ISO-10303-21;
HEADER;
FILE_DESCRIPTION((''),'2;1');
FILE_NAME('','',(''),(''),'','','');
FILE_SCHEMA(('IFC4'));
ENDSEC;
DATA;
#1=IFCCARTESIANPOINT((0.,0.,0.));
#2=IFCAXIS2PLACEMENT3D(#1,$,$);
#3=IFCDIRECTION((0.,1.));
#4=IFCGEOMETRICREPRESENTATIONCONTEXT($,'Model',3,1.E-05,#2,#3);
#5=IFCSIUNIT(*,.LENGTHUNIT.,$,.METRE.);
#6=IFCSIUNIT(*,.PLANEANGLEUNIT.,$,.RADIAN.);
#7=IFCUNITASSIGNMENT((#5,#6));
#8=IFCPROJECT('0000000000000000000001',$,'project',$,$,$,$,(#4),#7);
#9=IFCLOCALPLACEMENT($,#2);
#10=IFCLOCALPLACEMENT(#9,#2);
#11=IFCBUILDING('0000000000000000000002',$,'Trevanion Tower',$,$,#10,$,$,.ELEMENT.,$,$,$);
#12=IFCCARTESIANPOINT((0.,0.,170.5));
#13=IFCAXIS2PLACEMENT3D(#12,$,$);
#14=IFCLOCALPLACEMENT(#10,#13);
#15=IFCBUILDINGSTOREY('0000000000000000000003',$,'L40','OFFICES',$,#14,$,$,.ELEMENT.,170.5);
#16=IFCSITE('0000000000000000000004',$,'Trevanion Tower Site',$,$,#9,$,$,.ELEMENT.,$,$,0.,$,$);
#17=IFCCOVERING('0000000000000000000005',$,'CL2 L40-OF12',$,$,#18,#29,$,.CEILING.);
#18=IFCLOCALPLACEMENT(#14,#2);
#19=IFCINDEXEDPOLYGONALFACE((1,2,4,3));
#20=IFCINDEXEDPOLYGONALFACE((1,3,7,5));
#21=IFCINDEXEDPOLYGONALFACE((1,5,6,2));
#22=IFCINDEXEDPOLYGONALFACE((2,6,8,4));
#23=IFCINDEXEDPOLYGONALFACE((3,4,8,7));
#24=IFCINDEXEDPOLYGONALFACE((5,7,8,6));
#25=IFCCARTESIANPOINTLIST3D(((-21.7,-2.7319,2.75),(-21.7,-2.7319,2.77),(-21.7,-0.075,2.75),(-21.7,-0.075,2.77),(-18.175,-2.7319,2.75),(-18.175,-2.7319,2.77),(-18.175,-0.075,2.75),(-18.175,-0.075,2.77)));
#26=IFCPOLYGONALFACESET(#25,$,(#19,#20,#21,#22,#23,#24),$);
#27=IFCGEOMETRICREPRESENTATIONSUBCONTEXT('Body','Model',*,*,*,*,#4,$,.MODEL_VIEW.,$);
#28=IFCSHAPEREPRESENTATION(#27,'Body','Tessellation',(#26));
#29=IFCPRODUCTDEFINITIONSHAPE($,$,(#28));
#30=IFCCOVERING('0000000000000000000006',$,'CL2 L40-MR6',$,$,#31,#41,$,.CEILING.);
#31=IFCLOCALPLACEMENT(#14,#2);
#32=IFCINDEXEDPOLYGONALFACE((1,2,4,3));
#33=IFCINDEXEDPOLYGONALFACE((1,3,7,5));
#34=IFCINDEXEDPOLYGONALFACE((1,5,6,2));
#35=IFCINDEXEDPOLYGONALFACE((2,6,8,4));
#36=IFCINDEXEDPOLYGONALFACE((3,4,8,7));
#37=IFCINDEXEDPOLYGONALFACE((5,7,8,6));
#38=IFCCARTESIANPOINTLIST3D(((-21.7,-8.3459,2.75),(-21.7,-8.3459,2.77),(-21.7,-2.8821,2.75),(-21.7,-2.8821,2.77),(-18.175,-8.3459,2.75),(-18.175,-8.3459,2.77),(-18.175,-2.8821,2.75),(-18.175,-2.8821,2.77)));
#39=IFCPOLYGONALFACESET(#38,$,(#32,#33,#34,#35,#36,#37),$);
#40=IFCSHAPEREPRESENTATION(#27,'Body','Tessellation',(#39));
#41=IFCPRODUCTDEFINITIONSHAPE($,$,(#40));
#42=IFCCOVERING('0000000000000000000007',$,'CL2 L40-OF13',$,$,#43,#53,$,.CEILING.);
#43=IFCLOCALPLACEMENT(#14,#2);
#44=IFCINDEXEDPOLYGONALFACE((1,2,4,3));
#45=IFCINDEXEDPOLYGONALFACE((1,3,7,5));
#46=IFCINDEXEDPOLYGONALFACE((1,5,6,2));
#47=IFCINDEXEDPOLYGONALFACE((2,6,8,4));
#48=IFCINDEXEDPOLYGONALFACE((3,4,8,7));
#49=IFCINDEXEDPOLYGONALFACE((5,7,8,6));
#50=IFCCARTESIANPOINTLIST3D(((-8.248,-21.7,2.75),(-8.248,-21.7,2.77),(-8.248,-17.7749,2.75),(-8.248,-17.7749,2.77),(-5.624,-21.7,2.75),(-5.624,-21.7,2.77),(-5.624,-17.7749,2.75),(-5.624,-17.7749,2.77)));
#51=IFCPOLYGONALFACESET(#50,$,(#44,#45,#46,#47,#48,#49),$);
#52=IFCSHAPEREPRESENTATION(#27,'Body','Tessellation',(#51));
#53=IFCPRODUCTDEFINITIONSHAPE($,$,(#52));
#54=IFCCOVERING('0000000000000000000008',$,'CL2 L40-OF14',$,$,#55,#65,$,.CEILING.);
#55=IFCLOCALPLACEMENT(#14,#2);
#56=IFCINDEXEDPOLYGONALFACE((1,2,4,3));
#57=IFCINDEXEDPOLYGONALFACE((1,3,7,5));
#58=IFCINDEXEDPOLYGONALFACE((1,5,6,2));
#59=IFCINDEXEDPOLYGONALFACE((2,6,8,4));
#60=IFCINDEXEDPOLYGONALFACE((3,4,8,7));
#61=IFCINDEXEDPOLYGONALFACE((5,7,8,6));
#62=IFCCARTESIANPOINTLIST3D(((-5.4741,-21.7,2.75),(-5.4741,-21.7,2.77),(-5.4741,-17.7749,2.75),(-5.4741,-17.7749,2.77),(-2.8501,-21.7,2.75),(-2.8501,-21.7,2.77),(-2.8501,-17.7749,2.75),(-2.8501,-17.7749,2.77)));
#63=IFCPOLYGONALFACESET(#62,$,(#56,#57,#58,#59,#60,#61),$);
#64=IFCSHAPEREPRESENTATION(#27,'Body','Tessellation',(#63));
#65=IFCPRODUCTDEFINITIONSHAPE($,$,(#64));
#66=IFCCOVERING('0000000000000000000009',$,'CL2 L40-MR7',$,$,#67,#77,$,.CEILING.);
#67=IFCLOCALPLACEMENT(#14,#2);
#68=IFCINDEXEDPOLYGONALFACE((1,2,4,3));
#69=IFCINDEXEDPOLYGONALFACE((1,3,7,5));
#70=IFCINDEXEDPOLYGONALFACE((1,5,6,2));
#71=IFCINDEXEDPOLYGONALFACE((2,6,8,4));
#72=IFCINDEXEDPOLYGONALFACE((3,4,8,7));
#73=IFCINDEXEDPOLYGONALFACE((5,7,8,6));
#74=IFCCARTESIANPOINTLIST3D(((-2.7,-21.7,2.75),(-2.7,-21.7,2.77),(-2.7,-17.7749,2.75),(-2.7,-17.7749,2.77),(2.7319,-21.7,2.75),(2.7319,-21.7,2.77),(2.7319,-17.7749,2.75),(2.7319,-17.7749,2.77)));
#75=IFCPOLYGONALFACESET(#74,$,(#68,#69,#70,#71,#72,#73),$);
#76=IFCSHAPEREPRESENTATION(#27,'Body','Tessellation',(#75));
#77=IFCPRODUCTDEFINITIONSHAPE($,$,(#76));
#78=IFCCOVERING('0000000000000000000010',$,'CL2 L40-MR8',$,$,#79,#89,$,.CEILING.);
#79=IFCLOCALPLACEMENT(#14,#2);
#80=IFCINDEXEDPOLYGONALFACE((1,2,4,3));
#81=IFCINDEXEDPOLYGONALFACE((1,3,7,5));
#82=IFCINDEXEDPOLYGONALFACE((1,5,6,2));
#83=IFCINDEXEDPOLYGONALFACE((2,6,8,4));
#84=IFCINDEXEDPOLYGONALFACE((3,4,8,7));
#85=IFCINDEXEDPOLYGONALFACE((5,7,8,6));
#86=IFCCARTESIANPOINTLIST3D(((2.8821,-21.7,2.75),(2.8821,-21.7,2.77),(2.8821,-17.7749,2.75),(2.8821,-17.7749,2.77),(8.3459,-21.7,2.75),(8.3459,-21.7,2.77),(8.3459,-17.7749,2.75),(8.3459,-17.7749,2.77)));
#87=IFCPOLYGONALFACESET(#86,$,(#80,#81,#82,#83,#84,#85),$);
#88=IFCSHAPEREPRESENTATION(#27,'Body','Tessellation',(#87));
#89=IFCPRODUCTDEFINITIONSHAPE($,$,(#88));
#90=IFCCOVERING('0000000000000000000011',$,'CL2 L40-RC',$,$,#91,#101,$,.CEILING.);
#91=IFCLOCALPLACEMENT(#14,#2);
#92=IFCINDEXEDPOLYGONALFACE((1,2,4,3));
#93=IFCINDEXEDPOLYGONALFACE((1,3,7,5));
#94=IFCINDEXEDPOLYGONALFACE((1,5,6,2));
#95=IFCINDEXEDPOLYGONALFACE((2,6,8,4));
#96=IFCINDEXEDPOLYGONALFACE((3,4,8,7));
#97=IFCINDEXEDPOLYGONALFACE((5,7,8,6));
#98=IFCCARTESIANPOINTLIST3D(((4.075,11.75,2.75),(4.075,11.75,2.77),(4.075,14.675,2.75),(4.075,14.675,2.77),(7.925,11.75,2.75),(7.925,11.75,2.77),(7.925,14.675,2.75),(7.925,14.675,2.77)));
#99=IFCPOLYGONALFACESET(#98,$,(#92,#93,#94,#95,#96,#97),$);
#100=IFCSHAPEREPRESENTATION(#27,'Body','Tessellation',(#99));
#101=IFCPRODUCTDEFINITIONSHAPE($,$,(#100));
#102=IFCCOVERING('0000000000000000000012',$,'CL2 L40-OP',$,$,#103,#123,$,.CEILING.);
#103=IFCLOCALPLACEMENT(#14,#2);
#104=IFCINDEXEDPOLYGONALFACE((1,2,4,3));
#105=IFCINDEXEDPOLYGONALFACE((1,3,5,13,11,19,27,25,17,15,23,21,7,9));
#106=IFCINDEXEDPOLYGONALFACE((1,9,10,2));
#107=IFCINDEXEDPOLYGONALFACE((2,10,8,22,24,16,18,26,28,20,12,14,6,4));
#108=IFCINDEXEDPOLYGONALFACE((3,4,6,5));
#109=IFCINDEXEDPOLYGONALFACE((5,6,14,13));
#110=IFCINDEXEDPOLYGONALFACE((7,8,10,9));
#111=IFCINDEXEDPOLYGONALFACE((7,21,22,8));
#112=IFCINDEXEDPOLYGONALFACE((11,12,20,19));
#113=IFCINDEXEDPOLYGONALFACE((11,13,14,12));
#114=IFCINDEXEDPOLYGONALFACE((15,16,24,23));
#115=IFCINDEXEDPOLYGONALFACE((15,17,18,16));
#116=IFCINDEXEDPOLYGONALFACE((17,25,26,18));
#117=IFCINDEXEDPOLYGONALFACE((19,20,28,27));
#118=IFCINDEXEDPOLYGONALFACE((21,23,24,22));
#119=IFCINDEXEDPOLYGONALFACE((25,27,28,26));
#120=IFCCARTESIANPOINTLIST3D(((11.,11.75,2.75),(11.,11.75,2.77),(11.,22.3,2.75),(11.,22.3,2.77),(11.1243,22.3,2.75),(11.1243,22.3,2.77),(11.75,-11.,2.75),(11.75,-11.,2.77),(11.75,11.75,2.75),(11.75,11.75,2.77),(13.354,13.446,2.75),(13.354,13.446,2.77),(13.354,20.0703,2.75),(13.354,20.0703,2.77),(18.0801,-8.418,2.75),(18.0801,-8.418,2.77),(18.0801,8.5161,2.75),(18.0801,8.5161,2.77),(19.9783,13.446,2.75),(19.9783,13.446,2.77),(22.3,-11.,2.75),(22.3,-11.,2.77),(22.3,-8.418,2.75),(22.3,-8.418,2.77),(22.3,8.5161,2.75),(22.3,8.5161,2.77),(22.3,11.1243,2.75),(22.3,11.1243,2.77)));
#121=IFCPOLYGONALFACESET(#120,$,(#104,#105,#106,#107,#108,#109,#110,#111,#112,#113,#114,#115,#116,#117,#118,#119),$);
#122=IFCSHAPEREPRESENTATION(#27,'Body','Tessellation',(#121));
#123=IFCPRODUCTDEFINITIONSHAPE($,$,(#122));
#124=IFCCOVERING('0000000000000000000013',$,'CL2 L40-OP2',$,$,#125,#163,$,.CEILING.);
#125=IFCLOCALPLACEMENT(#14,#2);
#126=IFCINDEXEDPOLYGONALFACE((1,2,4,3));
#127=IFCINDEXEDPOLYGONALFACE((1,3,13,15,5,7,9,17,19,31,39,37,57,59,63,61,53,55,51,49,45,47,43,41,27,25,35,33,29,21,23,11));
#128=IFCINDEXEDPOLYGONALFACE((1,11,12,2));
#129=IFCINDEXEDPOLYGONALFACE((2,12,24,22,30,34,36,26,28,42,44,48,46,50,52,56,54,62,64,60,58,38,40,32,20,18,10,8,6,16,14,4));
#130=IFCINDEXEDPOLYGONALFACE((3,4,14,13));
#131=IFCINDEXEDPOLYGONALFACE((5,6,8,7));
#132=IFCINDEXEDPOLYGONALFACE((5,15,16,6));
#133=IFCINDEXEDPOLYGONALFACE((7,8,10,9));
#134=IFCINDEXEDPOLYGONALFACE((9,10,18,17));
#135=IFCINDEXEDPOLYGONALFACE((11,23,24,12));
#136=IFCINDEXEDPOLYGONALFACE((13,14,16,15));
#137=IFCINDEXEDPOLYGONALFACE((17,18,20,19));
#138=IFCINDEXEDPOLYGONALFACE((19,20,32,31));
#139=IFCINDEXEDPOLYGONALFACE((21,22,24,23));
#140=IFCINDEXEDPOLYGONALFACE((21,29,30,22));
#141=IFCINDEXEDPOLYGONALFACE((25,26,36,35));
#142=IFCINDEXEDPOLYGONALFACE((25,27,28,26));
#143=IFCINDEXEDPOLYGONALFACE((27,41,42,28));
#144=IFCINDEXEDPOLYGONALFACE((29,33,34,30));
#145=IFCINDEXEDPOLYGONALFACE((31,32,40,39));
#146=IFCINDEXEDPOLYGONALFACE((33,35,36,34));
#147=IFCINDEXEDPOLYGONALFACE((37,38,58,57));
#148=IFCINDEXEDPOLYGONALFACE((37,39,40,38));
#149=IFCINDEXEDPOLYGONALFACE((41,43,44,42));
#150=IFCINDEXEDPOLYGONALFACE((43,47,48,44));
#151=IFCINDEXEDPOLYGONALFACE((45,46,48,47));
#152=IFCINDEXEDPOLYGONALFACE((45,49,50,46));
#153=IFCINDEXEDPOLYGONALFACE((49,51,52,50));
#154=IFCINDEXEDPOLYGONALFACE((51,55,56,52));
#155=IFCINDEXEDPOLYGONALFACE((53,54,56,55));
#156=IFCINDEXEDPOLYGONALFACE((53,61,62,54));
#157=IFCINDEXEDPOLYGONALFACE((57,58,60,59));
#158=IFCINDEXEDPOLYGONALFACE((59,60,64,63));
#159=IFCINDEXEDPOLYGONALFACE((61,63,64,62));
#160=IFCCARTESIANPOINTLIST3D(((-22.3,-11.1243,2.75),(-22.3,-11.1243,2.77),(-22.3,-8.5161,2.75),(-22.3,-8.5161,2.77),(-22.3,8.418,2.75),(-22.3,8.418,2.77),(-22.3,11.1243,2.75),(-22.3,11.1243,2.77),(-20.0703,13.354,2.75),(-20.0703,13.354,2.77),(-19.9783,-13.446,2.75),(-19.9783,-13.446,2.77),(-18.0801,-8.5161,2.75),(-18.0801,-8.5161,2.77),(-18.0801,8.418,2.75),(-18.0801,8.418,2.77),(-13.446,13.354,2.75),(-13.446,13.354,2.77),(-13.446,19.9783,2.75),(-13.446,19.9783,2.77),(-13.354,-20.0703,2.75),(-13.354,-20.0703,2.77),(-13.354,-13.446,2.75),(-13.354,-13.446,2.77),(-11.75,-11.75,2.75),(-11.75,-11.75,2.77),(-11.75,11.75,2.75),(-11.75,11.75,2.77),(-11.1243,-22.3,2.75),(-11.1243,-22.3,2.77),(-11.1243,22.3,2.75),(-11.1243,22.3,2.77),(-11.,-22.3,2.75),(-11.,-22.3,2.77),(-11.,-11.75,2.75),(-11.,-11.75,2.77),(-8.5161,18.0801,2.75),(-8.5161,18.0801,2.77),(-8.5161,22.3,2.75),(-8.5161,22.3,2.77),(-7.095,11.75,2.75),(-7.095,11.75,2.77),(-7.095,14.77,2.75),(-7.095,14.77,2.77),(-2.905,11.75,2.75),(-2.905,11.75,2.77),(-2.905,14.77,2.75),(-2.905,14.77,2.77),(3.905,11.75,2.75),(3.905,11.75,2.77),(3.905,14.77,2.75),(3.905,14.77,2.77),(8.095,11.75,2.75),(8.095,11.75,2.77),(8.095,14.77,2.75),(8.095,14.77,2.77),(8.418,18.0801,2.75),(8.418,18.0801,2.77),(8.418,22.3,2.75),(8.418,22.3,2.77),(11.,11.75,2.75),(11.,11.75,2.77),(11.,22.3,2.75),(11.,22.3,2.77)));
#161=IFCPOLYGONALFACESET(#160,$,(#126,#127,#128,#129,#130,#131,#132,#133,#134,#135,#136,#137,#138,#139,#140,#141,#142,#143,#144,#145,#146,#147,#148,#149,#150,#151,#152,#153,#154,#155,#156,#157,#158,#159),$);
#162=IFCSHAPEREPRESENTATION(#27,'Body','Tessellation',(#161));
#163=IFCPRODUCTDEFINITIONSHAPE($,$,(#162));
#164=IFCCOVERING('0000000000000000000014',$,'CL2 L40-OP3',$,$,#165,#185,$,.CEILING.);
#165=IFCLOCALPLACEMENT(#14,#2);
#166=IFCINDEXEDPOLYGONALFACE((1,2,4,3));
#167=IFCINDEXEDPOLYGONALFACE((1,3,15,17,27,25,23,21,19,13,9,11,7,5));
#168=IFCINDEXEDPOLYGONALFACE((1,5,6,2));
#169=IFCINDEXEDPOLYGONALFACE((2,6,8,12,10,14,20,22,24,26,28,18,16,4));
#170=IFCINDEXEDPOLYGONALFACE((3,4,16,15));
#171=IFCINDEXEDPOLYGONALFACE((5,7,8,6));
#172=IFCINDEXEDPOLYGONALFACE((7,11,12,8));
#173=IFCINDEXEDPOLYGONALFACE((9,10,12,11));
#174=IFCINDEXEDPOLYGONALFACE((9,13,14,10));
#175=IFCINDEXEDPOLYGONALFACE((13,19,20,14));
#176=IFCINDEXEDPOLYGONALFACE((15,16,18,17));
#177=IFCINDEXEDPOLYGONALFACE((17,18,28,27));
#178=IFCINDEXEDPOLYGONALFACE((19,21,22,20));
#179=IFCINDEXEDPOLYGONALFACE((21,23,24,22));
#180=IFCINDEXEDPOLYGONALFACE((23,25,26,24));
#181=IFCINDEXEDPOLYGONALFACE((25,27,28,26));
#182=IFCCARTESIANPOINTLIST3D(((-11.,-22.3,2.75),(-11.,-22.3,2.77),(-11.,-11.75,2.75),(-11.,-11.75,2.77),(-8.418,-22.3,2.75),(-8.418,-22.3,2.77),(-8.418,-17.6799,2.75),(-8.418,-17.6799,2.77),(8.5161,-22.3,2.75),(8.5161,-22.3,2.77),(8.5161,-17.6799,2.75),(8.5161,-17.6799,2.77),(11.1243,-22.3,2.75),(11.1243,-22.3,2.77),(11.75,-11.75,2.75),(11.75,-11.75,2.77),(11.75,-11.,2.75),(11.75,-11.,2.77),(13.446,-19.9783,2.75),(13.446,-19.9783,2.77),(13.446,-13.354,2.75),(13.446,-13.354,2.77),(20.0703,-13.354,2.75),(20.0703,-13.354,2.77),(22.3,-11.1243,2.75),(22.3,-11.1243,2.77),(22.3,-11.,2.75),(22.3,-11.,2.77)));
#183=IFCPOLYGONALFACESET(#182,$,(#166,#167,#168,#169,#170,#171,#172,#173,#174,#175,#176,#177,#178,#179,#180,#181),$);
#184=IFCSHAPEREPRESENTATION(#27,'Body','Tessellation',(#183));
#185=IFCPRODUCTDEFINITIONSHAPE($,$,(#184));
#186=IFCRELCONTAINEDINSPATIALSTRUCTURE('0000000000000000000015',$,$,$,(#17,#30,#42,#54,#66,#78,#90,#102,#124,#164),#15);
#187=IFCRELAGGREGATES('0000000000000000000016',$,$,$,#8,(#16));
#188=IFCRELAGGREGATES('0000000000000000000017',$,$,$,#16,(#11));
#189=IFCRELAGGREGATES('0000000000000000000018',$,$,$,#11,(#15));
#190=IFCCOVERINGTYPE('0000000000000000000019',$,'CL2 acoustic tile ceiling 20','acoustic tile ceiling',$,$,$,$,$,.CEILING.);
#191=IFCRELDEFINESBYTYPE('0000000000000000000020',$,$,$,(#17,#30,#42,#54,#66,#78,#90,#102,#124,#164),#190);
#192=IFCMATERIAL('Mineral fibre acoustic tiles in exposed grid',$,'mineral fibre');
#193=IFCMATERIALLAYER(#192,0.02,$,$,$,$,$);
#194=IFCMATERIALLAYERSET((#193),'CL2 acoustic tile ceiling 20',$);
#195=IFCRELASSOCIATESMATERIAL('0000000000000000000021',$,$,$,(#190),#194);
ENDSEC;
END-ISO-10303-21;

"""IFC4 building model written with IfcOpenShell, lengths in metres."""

from ifc_helpers import new_model, si_unit, direction, frame, origin, place, context, subcontext, project, spatial, polyline, outline, extrude, material, layer, layer_set, type_object, element, save


model = new_model("IFC4")

# Units and contexts
model_context = context("Model", 3, precision=1e-05, world=origin(), true_north=direction((0.0, 1.0)))
body_context = subcontext(model_context, "Body", "Model", "MODEL_VIEW")
ifc_project = project(units=[si_unit("LENGTHUNIT", "METRE"), si_unit("PLANEANGLEUNIT", "RADIAN")], contexts=[model_context])

# Site, building, storey
site_placement = place(None, origin())
site = spatial("IfcSite", under=ifc_project, at=site_placement, Name="Trevanion Tower Site", CompositionType="ELEMENT", RefElevation=0.0)
building_placement = place(site_placement, origin())
building = spatial("IfcBuilding", under=site, at=building_placement, Name="Trevanion Tower", CompositionType="ELEMENT")
storey_placement = place(building_placement, frame((0.0, 0.0, 170.5)))
storey = spatial("IfcBuildingStorey", under=building, at=storey_placement, Name="L40", Description="OFFICES", CompositionType="ELEMENT", Elevation=170.5)

# Coverings
ifc_material_1 = material(Name="Mineral fibre acoustic tiles in exposed grid", Category="mineral fibre")
ifc_layer_1 = layer(ifc_material_1, 0.02)
ifc_layer_set_1 = layer_set([ifc_layer_1], Name="CL2 acoustic tile ceiling 20")
covering_type_1 = type_object("IfcCoveringType", Name="CL2 acoustic tile ceiling 20", Description="acoustic tile ceiling", PredefinedType="CEILING", material=ifc_layer_set_1)
covering_1_placement = place(storey_placement, frame((0.0, 0.0, 2.75)))
element("IfcCovering", 1, at=covering_1_placement, inside=storey, type_object=covering_type_1, Name="CL2 L40-OF12", PredefinedType="CEILING", context=body_context, shape_type="SweptSolid", body=[
    extrude(outline(polyline([(-18.175, -0.075), (-18.175, -2.7319), (-21.7, -2.7319), (-21.7, -0.075), (-18.175, -0.075)])), origin(), (0.0, 0.0, 1.0), 0.02),
])
covering_2_placement = place(storey_placement, frame((0.0, 0.0, 2.75)))
element("IfcCovering", 2, at=covering_2_placement, inside=storey, type_object=covering_type_1, Name="CL2 L40-MR6", PredefinedType="CEILING", context=body_context, shape_type="SweptSolid", body=[
    extrude(outline(polyline([(-18.175, -2.8821), (-18.175, -8.3459), (-21.7, -8.3459), (-21.7, -2.8821), (-18.175, -2.8821)])), origin(), (0.0, 0.0, 1.0), 0.02),
])
covering_3_placement = place(storey_placement, frame((0.0, 0.0, 2.75)))
element("IfcCovering", 3, at=covering_3_placement, inside=storey, type_object=covering_type_1, Name="CL2 L40-OF13", PredefinedType="CEILING", context=body_context, shape_type="SweptSolid", body=[
    extrude(outline(polyline([(-8.248, -17.7749), (-5.624, -17.7749), (-5.624, -21.7), (-8.248, -21.7), (-8.248, -17.7749)])), origin(), (0.0, 0.0, 1.0), 0.02),
])
covering_4_placement = place(storey_placement, frame((0.0, 0.0, 2.75)))
element("IfcCovering", 4, at=covering_4_placement, inside=storey, type_object=covering_type_1, Name="CL2 L40-OF14", PredefinedType="CEILING", context=body_context, shape_type="SweptSolid", body=[
    extrude(outline(polyline([(-5.4741, -17.7749), (-2.8501, -17.7749), (-2.8501, -21.7), (-5.4741, -21.7), (-5.4741, -17.7749)])), origin(), (0.0, 0.0, 1.0), 0.02),
])
covering_5_placement = place(storey_placement, frame((0.0, 0.0, 2.75)))
element("IfcCovering", 5, at=covering_5_placement, inside=storey, type_object=covering_type_1, Name="CL2 L40-MR7", PredefinedType="CEILING", context=body_context, shape_type="SweptSolid", body=[
    extrude(outline(polyline([(-2.7, -17.7749), (2.7319, -17.7749), (2.7319, -21.7), (-2.7, -21.7), (-2.7, -17.7749)])), origin(), (0.0, 0.0, 1.0), 0.02),
])
covering_6_placement = place(storey_placement, frame((0.0, 0.0, 2.75)))
element("IfcCovering", 6, at=covering_6_placement, inside=storey, type_object=covering_type_1, Name="CL2 L40-MR8", PredefinedType="CEILING", context=body_context, shape_type="SweptSolid", body=[
    extrude(outline(polyline([(2.8821, -17.7749), (8.3459, -17.7749), (8.3459, -21.7), (2.8821, -21.7), (2.8821, -17.7749)])), origin(), (0.0, 0.0, 1.0), 0.02),
])
covering_7_placement = place(storey_placement, frame((0.0, 0.0, 2.75)))
element("IfcCovering", 7, at=covering_7_placement, inside=storey, type_object=covering_type_1, Name="CL2 L40-RC", PredefinedType="CEILING", context=body_context, shape_type="SweptSolid", body=[
    extrude(outline(polyline([(4.075, 14.675), (7.925, 14.675), (7.925, 11.75), (4.075, 11.75), (4.075, 14.675)])), origin(), (0.0, 0.0, 1.0), 0.02),
])
covering_8_placement = place(storey_placement, frame((0.0, 0.0, 2.75)))
element("IfcCovering", 8, at=covering_8_placement, inside=storey, type_object=covering_type_1, Name="CL2 L40-OP", PredefinedType="CEILING", context=body_context, shape_type="SweptSolid", body=[
    extrude(outline(polyline([(11.75, 11.75), (11.0, 11.75), (11.0, 22.3), (11.1243, 22.3), (13.354, 20.0703), (13.354, 13.446), (19.9783, 13.446), (22.3, 11.1243), (22.3, 8.5161), (18.0801, 8.5161), (18.0801, -8.418), (22.3, -8.418), (22.3, -11.0), (11.75, -11.0), (11.75, 11.75)])), origin(), (0.0, 0.0, 1.0), 0.02),
])
covering_9_placement = place(storey_placement, frame((0.0, 0.0, 2.75)))
element("IfcCovering", 9, at=covering_9_placement, inside=storey, type_object=covering_type_1, Name="CL2 L40-OP2", PredefinedType="CEILING", context=body_context, shape_type="SweptSolid", body=[
    extrude(outline(polyline([(-11.0, -11.75), (-11.0, -22.3), (-11.1243, -22.3), (-13.354, -20.0703), (-13.354, -13.446), (-19.9783, -13.446), (-22.3, -11.1243), (-22.3, -8.5161), (-18.0801, -8.5161), (-18.0801, 8.418), (-22.3, 8.418), (-22.3, 11.1243), (-20.0703, 13.354), (-13.446, 13.354), (-13.446, 19.9783), (-11.1243, 22.3), (-8.5161, 22.3), (-8.5161, 18.0801), (8.418, 18.0801), (8.418, 22.3), (11.0, 22.3), (11.0, 11.75), (8.095, 11.75), (8.095, 14.77), (3.905, 14.77), (3.905, 11.75), (-2.905, 11.75), (-2.905, 14.77), (-7.095, 14.77), (-7.095, 11.75), (-11.75, 11.75), (-11.75, -11.75), (-11.0, -11.75)])), origin(), (0.0, 0.0, 1.0), 0.02),
])
covering_10_placement = place(storey_placement, frame((0.0, 0.0, 2.75)))
element("IfcCovering", 10, at=covering_10_placement, inside=storey, type_object=covering_type_1, Name="CL2 L40-OP3", PredefinedType="CEILING", context=body_context, shape_type="SweptSolid", body=[
    extrude(outline(polyline([(11.75, -11.75), (11.75, -11.0), (22.3, -11.0), (22.3, -11.1243), (20.0703, -13.354), (13.446, -13.354), (13.446, -19.9783), (11.1243, -22.3), (8.5161, -22.3), (8.5161, -17.6799), (-8.418, -17.6799), (-8.418, -22.3), (-11.0, -22.3), (-11.0, -11.75), (11.75, -11.75)])), origin(), (0.0, 0.0, 1.0), 0.02),
])

save(model, "model.ifc")
